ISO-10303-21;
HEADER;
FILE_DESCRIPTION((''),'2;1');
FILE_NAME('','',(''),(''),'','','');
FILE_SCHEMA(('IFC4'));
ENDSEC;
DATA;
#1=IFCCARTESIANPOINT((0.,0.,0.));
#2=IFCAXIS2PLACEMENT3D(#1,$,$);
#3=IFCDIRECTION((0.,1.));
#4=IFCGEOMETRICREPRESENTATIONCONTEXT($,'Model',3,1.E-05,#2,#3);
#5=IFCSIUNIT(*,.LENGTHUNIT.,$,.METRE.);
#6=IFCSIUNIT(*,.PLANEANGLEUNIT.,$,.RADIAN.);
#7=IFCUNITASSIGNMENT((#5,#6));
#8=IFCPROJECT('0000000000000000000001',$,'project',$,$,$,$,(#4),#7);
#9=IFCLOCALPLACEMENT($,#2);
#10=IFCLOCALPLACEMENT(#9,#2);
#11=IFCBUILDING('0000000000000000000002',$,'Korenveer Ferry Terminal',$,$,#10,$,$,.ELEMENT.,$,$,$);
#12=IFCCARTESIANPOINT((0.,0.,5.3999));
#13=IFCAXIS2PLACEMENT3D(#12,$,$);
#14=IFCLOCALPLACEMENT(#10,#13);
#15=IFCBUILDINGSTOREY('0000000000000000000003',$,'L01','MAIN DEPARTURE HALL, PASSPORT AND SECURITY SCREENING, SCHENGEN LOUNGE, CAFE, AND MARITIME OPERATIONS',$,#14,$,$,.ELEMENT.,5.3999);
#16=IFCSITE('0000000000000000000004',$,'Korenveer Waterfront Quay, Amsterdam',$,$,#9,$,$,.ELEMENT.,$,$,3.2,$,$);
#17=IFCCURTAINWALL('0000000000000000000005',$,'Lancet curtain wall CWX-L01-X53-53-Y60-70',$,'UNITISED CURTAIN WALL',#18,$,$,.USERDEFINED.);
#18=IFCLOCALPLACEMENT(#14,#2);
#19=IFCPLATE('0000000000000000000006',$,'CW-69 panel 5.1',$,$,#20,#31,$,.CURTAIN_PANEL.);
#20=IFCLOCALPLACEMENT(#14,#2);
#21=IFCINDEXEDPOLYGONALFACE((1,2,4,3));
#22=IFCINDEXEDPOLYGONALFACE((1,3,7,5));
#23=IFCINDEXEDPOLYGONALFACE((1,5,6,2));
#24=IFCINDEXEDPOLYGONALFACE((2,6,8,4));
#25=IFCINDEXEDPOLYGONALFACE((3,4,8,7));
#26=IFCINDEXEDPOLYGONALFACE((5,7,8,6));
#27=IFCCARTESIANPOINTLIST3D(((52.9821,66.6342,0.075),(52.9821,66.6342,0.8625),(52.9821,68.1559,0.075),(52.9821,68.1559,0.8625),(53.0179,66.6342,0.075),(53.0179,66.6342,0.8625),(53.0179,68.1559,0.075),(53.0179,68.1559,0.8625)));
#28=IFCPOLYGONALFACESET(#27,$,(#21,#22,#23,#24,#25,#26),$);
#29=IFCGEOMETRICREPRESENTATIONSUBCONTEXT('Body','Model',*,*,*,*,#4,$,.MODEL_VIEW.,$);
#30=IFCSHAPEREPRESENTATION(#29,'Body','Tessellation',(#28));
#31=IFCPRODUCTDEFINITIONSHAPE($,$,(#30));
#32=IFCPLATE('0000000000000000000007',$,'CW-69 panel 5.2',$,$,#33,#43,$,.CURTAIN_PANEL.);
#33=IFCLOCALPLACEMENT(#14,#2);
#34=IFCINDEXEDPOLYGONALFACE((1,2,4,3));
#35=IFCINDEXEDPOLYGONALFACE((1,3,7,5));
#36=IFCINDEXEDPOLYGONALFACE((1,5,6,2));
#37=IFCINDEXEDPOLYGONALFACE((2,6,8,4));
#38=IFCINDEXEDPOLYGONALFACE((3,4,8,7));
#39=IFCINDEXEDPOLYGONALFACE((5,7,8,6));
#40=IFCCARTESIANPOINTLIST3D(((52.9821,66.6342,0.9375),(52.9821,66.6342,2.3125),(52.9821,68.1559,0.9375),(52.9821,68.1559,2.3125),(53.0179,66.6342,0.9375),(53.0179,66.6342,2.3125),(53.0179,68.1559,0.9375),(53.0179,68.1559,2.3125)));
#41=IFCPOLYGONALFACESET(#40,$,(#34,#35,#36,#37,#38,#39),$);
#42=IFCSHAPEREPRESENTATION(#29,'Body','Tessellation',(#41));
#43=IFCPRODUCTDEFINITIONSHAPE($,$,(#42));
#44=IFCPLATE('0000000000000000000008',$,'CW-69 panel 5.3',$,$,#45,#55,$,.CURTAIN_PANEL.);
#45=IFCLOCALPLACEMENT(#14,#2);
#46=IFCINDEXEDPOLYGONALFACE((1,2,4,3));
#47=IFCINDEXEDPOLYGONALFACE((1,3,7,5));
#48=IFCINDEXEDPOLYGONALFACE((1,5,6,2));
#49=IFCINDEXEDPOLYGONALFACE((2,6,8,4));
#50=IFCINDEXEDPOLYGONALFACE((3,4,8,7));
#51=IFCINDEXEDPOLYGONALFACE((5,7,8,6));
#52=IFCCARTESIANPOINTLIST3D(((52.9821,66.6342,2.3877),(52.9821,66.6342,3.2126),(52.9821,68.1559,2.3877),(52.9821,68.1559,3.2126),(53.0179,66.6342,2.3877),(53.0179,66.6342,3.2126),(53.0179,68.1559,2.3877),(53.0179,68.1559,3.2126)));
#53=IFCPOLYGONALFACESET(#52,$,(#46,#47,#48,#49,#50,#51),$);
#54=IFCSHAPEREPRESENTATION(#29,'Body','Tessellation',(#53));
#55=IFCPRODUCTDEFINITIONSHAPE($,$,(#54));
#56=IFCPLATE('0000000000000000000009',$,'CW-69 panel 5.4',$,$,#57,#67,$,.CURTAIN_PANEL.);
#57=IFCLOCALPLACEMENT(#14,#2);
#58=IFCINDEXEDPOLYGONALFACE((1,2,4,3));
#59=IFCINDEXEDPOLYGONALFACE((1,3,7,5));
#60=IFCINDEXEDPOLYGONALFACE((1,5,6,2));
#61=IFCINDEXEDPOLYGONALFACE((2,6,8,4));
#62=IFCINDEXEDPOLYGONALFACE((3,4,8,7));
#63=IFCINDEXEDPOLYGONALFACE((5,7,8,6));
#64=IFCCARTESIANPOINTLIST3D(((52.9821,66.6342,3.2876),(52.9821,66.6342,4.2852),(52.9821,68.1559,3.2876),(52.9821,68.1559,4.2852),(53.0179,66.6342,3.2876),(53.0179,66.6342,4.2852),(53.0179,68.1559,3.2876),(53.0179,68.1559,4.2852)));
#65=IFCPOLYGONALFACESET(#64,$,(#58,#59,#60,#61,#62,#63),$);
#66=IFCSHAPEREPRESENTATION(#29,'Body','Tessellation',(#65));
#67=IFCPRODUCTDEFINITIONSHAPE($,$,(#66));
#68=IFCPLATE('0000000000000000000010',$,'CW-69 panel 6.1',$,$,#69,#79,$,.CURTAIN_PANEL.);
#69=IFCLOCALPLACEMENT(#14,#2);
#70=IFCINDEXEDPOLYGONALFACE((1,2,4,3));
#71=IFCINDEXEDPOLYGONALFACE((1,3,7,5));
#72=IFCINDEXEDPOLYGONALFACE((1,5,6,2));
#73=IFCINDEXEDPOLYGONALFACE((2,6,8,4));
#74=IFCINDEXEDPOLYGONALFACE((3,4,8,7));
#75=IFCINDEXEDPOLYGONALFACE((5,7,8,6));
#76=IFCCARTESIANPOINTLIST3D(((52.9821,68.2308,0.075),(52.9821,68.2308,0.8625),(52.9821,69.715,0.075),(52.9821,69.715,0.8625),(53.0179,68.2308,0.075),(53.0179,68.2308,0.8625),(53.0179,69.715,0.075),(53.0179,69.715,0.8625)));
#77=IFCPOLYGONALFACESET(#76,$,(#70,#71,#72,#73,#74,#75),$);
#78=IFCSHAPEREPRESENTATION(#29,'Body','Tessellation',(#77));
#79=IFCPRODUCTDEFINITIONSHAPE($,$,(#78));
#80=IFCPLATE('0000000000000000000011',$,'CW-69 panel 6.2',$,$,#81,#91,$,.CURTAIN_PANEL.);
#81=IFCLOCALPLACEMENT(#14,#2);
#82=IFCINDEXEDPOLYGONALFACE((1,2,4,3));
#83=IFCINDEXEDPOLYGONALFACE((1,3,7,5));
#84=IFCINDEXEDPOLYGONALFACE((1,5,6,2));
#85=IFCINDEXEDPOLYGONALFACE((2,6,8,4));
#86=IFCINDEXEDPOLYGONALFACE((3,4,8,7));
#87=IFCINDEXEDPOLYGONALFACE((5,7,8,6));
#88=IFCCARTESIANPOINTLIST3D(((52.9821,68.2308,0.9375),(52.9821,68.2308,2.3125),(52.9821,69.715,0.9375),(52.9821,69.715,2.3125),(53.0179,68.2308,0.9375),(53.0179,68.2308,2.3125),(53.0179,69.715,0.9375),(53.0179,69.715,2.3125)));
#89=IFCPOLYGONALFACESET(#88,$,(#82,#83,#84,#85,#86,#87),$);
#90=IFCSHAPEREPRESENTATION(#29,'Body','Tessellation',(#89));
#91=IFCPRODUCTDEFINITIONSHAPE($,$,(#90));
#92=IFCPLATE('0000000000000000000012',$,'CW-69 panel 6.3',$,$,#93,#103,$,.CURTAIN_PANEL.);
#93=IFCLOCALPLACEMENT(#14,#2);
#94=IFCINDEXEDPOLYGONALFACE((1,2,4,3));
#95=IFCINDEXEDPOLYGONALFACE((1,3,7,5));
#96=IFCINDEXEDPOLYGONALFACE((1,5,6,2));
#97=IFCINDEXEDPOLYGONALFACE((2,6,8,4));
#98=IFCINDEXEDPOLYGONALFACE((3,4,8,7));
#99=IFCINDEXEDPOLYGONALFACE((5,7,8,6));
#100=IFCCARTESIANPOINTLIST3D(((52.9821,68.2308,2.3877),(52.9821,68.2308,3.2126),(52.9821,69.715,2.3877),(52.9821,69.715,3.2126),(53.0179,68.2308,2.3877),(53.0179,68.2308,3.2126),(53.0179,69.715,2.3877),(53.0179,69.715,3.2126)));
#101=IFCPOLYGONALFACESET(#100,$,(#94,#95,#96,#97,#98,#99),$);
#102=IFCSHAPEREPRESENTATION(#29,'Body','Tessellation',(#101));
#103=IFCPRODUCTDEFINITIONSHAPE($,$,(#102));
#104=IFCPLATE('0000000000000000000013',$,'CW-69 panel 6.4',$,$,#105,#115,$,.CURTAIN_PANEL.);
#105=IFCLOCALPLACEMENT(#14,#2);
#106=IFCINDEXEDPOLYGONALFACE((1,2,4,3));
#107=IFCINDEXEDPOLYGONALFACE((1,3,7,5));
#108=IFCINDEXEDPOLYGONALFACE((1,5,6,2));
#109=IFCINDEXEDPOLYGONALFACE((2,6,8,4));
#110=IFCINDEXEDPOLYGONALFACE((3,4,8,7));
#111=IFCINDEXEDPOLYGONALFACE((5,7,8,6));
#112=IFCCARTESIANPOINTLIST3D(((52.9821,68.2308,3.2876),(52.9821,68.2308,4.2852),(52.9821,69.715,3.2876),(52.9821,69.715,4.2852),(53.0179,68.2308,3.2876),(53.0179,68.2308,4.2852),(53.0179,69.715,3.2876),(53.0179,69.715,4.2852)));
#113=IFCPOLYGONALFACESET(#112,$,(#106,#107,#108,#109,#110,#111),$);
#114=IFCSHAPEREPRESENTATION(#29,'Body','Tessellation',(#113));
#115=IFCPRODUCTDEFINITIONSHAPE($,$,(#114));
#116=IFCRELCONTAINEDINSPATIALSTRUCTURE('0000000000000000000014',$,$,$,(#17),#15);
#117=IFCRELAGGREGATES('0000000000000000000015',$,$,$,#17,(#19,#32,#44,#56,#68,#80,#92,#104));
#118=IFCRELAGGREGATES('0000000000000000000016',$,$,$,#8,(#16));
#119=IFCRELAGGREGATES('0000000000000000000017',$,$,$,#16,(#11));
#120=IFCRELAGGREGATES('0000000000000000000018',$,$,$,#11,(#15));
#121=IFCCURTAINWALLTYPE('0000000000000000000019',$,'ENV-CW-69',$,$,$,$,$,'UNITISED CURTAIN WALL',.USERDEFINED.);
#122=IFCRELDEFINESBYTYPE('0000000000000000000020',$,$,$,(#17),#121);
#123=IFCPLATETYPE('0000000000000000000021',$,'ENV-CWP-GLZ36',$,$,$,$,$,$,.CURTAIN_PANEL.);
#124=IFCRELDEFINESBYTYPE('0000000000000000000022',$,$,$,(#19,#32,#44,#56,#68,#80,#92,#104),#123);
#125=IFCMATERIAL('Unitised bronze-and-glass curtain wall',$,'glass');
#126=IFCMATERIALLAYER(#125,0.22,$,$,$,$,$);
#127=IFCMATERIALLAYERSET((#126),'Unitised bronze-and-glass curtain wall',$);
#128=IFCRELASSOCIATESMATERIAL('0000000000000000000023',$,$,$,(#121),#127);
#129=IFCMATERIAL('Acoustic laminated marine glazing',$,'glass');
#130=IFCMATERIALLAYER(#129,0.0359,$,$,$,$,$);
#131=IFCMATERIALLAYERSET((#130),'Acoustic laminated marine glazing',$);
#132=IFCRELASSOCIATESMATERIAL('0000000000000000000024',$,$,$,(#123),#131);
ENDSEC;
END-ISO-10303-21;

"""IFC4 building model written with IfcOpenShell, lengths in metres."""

from ifc_helpers import new_model, si_unit, direction, frame, origin, origin_2d, place, context, subcontext, project, spatial, rectangle, extrude, material, layer, layer_set, type_object, element, aggregate, save


model = new_model("IFC4")

# Units and contexts
model_context = context("Model", 3, precision=1e-05, world=origin(), true_north=direction((0.0, 1.0)))
body_context = subcontext(model_context, "Body", "Model", "MODEL_VIEW")
ifc_project = project(units=[si_unit("LENGTHUNIT", "METRE"), si_unit("PLANEANGLEUNIT", "RADIAN")], contexts=[model_context])

# Site, building, storey
site_placement = place(None, origin())
site = spatial("IfcSite", under=ifc_project, at=site_placement, Name="Korenveer Waterfront Quay, Amsterdam", CompositionType="ELEMENT", RefElevation=3.2)
building_placement = place(site_placement, origin())
building = spatial("IfcBuilding", under=site, at=building_placement, Name="Korenveer Ferry Terminal", CompositionType="ELEMENT")
storey_placement = place(building_placement, frame((0.0, 0.0, 5.3999)))
storey = spatial("IfcBuildingStorey", under=building, at=storey_placement, Name="L01", Description="MAIN DEPARTURE HALL, PASSPORT AND SECURITY SCREENING, SCHENGEN LOUNGE, CAFE, AND MARITIME OPERATIONS", CompositionType="ELEMENT", Elevation=5.3999)

# Curtain wall
ifc_material_1 = material(Name="Unitised bronze-and-glass curtain wall", Category="glass")
ifc_layer_1 = layer(ifc_material_1, 0.22)
ifc_layer_set_1 = layer_set([ifc_layer_1], Name="Unitised bronze-and-glass curtain wall")
curtain_wall_type_1 = type_object("IfcCurtainWallType", Name="ENV-CW-69", ElementType="UNITISED CURTAIN WALL", PredefinedType="USERDEFINED", material=ifc_layer_set_1)
curtain_wall_1_placement = place(storey_placement, frame((53.0, 60.21, 0.0)))
curtain_wall_1 = element("IfcCurtainWall", 1, at=curtain_wall_1_placement, inside=storey, type_object=curtain_wall_type_1, Name="Lancet curtain wall CWX-L01-X53-53-Y60-70", ObjectType="UNITISED CURTAIN WALL", PredefinedType="USERDEFINED")

# Plates
ifc_material_2 = material(Name="Acoustic laminated marine glazing", Category="glass")
ifc_layer_2 = layer(ifc_material_2, 0.0359)
ifc_layer_set_2 = layer_set([ifc_layer_2], Name="Acoustic laminated marine glazing")
plate_type_1 = type_object("IfcPlateType", Name="ENV-CWP-GLZ36", PredefinedType="CURTAIN_PANEL", material=ifc_layer_set_2)
plate_1_placement = place(storey_placement, frame((53.0, 67.395, 0.075), z_axis=(0.0, 0.0, 1.0), x_axis=(0.0, 1.0, 0.0)))
plate_1 = element("IfcPlate", 2, at=plate_1_placement, type_object=plate_type_1, Name="CW-69 panel 5.1", PredefinedType="CURTAIN_PANEL", context=body_context, shape_type="SweptSolid", body=[
    extrude(rectangle(XDim=1.5217, YDim=0.0359, at=origin_2d()), origin(), (0.0, 0.0, 1.0), 0.7876),
])
plate_2_placement = place(storey_placement, frame((53.0, 67.395, 0.9375), z_axis=(0.0, 0.0, 1.0), x_axis=(0.0, 1.0, 0.0)))
plate_2 = element("IfcPlate", 3, at=plate_2_placement, type_object=plate_type_1, Name="CW-69 panel 5.2", PredefinedType="CURTAIN_PANEL", context=body_context, shape_type="SweptSolid", body=[
    extrude(rectangle(XDim=1.5217, YDim=0.0359, at=origin_2d()), origin(), (0.0, 0.0, 1.0), 1.375),
])
plate_3_placement = place(storey_placement, frame((53.0, 67.395, 2.3877), z_axis=(0.0, 0.0, 1.0), x_axis=(0.0, 1.0, 0.0)))
plate_3 = element("IfcPlate", 4, at=plate_3_placement, type_object=plate_type_1, Name="CW-69 panel 5.3", PredefinedType="CURTAIN_PANEL", context=body_context, shape_type="SweptSolid", body=[
    extrude(rectangle(XDim=1.5217, YDim=0.0359, at=origin_2d()), origin(), (0.0, 0.0, 1.0), 0.825),
])
plate_4_placement = place(storey_placement, frame((53.0, 67.395, 3.2876), z_axis=(0.0, 0.0, 1.0), x_axis=(0.0, 1.0, 0.0)))
plate_4 = element("IfcPlate", 5, at=plate_4_placement, type_object=plate_type_1, Name="CW-69 panel 5.4", PredefinedType="CURTAIN_PANEL", context=body_context, shape_type="SweptSolid", body=[
    extrude(rectangle(XDim=1.5217, YDim=0.0359, at=origin_2d()), origin(), (0.0, 0.0, 1.0), 0.9976),
])
plate_5_placement = place(storey_placement, frame((53.0, 68.9729, 0.075), z_axis=(0.0, 0.0, 1.0), x_axis=(0.0, 1.0, 0.0)))
plate_5 = element("IfcPlate", 6, at=plate_5_placement, type_object=plate_type_1, Name="CW-69 panel 6.1", PredefinedType="CURTAIN_PANEL", context=body_context, shape_type="SweptSolid", body=[
    extrude(rectangle(XDim=1.4841, YDim=0.0359, at=origin_2d()), origin(), (0.0, 0.0, 1.0), 0.7876),
])
plate_6_placement = place(storey_placement, frame((53.0, 68.9729, 0.9375), z_axis=(0.0, 0.0, 1.0), x_axis=(0.0, 1.0, 0.0)))
plate_6 = element("IfcPlate", 7, at=plate_6_placement, type_object=plate_type_1, Name="CW-69 panel 6.2", PredefinedType="CURTAIN_PANEL", context=body_context, shape_type="SweptSolid", body=[
    extrude(rectangle(XDim=1.4841, YDim=0.0359, at=origin_2d()), origin(), (0.0, 0.0, 1.0), 1.375),
])
plate_7_placement = place(storey_placement, frame((53.0, 68.9729, 2.3877), z_axis=(0.0, 0.0, 1.0), x_axis=(0.0, 1.0, 0.0)))
plate_7 = element("IfcPlate", 8, at=plate_7_placement, type_object=plate_type_1, Name="CW-69 panel 6.3", PredefinedType="CURTAIN_PANEL", context=body_context, shape_type="SweptSolid", body=[
    extrude(rectangle(XDim=1.4841, YDim=0.0359, at=origin_2d()), origin(), (0.0, 0.0, 1.0), 0.825),
])
plate_8_placement = place(storey_placement, frame((53.0, 68.9729, 3.2876), z_axis=(0.0, 0.0, 1.0), x_axis=(0.0, 1.0, 0.0)))
plate_8 = element("IfcPlate", 9, at=plate_8_placement, type_object=plate_type_1, Name="CW-69 panel 6.4", PredefinedType="CURTAIN_PANEL", context=body_context, shape_type="SweptSolid", body=[
    extrude(rectangle(XDim=1.4841, YDim=0.0359, at=origin_2d()), origin(), (0.0, 0.0, 1.0), 0.9976),
])
aggregate(curtain_wall_1, [plate_1, plate_2, plate_3, plate_4, plate_5, plate_6, plate_7, plate_8])

save(model, "model.ifc")
